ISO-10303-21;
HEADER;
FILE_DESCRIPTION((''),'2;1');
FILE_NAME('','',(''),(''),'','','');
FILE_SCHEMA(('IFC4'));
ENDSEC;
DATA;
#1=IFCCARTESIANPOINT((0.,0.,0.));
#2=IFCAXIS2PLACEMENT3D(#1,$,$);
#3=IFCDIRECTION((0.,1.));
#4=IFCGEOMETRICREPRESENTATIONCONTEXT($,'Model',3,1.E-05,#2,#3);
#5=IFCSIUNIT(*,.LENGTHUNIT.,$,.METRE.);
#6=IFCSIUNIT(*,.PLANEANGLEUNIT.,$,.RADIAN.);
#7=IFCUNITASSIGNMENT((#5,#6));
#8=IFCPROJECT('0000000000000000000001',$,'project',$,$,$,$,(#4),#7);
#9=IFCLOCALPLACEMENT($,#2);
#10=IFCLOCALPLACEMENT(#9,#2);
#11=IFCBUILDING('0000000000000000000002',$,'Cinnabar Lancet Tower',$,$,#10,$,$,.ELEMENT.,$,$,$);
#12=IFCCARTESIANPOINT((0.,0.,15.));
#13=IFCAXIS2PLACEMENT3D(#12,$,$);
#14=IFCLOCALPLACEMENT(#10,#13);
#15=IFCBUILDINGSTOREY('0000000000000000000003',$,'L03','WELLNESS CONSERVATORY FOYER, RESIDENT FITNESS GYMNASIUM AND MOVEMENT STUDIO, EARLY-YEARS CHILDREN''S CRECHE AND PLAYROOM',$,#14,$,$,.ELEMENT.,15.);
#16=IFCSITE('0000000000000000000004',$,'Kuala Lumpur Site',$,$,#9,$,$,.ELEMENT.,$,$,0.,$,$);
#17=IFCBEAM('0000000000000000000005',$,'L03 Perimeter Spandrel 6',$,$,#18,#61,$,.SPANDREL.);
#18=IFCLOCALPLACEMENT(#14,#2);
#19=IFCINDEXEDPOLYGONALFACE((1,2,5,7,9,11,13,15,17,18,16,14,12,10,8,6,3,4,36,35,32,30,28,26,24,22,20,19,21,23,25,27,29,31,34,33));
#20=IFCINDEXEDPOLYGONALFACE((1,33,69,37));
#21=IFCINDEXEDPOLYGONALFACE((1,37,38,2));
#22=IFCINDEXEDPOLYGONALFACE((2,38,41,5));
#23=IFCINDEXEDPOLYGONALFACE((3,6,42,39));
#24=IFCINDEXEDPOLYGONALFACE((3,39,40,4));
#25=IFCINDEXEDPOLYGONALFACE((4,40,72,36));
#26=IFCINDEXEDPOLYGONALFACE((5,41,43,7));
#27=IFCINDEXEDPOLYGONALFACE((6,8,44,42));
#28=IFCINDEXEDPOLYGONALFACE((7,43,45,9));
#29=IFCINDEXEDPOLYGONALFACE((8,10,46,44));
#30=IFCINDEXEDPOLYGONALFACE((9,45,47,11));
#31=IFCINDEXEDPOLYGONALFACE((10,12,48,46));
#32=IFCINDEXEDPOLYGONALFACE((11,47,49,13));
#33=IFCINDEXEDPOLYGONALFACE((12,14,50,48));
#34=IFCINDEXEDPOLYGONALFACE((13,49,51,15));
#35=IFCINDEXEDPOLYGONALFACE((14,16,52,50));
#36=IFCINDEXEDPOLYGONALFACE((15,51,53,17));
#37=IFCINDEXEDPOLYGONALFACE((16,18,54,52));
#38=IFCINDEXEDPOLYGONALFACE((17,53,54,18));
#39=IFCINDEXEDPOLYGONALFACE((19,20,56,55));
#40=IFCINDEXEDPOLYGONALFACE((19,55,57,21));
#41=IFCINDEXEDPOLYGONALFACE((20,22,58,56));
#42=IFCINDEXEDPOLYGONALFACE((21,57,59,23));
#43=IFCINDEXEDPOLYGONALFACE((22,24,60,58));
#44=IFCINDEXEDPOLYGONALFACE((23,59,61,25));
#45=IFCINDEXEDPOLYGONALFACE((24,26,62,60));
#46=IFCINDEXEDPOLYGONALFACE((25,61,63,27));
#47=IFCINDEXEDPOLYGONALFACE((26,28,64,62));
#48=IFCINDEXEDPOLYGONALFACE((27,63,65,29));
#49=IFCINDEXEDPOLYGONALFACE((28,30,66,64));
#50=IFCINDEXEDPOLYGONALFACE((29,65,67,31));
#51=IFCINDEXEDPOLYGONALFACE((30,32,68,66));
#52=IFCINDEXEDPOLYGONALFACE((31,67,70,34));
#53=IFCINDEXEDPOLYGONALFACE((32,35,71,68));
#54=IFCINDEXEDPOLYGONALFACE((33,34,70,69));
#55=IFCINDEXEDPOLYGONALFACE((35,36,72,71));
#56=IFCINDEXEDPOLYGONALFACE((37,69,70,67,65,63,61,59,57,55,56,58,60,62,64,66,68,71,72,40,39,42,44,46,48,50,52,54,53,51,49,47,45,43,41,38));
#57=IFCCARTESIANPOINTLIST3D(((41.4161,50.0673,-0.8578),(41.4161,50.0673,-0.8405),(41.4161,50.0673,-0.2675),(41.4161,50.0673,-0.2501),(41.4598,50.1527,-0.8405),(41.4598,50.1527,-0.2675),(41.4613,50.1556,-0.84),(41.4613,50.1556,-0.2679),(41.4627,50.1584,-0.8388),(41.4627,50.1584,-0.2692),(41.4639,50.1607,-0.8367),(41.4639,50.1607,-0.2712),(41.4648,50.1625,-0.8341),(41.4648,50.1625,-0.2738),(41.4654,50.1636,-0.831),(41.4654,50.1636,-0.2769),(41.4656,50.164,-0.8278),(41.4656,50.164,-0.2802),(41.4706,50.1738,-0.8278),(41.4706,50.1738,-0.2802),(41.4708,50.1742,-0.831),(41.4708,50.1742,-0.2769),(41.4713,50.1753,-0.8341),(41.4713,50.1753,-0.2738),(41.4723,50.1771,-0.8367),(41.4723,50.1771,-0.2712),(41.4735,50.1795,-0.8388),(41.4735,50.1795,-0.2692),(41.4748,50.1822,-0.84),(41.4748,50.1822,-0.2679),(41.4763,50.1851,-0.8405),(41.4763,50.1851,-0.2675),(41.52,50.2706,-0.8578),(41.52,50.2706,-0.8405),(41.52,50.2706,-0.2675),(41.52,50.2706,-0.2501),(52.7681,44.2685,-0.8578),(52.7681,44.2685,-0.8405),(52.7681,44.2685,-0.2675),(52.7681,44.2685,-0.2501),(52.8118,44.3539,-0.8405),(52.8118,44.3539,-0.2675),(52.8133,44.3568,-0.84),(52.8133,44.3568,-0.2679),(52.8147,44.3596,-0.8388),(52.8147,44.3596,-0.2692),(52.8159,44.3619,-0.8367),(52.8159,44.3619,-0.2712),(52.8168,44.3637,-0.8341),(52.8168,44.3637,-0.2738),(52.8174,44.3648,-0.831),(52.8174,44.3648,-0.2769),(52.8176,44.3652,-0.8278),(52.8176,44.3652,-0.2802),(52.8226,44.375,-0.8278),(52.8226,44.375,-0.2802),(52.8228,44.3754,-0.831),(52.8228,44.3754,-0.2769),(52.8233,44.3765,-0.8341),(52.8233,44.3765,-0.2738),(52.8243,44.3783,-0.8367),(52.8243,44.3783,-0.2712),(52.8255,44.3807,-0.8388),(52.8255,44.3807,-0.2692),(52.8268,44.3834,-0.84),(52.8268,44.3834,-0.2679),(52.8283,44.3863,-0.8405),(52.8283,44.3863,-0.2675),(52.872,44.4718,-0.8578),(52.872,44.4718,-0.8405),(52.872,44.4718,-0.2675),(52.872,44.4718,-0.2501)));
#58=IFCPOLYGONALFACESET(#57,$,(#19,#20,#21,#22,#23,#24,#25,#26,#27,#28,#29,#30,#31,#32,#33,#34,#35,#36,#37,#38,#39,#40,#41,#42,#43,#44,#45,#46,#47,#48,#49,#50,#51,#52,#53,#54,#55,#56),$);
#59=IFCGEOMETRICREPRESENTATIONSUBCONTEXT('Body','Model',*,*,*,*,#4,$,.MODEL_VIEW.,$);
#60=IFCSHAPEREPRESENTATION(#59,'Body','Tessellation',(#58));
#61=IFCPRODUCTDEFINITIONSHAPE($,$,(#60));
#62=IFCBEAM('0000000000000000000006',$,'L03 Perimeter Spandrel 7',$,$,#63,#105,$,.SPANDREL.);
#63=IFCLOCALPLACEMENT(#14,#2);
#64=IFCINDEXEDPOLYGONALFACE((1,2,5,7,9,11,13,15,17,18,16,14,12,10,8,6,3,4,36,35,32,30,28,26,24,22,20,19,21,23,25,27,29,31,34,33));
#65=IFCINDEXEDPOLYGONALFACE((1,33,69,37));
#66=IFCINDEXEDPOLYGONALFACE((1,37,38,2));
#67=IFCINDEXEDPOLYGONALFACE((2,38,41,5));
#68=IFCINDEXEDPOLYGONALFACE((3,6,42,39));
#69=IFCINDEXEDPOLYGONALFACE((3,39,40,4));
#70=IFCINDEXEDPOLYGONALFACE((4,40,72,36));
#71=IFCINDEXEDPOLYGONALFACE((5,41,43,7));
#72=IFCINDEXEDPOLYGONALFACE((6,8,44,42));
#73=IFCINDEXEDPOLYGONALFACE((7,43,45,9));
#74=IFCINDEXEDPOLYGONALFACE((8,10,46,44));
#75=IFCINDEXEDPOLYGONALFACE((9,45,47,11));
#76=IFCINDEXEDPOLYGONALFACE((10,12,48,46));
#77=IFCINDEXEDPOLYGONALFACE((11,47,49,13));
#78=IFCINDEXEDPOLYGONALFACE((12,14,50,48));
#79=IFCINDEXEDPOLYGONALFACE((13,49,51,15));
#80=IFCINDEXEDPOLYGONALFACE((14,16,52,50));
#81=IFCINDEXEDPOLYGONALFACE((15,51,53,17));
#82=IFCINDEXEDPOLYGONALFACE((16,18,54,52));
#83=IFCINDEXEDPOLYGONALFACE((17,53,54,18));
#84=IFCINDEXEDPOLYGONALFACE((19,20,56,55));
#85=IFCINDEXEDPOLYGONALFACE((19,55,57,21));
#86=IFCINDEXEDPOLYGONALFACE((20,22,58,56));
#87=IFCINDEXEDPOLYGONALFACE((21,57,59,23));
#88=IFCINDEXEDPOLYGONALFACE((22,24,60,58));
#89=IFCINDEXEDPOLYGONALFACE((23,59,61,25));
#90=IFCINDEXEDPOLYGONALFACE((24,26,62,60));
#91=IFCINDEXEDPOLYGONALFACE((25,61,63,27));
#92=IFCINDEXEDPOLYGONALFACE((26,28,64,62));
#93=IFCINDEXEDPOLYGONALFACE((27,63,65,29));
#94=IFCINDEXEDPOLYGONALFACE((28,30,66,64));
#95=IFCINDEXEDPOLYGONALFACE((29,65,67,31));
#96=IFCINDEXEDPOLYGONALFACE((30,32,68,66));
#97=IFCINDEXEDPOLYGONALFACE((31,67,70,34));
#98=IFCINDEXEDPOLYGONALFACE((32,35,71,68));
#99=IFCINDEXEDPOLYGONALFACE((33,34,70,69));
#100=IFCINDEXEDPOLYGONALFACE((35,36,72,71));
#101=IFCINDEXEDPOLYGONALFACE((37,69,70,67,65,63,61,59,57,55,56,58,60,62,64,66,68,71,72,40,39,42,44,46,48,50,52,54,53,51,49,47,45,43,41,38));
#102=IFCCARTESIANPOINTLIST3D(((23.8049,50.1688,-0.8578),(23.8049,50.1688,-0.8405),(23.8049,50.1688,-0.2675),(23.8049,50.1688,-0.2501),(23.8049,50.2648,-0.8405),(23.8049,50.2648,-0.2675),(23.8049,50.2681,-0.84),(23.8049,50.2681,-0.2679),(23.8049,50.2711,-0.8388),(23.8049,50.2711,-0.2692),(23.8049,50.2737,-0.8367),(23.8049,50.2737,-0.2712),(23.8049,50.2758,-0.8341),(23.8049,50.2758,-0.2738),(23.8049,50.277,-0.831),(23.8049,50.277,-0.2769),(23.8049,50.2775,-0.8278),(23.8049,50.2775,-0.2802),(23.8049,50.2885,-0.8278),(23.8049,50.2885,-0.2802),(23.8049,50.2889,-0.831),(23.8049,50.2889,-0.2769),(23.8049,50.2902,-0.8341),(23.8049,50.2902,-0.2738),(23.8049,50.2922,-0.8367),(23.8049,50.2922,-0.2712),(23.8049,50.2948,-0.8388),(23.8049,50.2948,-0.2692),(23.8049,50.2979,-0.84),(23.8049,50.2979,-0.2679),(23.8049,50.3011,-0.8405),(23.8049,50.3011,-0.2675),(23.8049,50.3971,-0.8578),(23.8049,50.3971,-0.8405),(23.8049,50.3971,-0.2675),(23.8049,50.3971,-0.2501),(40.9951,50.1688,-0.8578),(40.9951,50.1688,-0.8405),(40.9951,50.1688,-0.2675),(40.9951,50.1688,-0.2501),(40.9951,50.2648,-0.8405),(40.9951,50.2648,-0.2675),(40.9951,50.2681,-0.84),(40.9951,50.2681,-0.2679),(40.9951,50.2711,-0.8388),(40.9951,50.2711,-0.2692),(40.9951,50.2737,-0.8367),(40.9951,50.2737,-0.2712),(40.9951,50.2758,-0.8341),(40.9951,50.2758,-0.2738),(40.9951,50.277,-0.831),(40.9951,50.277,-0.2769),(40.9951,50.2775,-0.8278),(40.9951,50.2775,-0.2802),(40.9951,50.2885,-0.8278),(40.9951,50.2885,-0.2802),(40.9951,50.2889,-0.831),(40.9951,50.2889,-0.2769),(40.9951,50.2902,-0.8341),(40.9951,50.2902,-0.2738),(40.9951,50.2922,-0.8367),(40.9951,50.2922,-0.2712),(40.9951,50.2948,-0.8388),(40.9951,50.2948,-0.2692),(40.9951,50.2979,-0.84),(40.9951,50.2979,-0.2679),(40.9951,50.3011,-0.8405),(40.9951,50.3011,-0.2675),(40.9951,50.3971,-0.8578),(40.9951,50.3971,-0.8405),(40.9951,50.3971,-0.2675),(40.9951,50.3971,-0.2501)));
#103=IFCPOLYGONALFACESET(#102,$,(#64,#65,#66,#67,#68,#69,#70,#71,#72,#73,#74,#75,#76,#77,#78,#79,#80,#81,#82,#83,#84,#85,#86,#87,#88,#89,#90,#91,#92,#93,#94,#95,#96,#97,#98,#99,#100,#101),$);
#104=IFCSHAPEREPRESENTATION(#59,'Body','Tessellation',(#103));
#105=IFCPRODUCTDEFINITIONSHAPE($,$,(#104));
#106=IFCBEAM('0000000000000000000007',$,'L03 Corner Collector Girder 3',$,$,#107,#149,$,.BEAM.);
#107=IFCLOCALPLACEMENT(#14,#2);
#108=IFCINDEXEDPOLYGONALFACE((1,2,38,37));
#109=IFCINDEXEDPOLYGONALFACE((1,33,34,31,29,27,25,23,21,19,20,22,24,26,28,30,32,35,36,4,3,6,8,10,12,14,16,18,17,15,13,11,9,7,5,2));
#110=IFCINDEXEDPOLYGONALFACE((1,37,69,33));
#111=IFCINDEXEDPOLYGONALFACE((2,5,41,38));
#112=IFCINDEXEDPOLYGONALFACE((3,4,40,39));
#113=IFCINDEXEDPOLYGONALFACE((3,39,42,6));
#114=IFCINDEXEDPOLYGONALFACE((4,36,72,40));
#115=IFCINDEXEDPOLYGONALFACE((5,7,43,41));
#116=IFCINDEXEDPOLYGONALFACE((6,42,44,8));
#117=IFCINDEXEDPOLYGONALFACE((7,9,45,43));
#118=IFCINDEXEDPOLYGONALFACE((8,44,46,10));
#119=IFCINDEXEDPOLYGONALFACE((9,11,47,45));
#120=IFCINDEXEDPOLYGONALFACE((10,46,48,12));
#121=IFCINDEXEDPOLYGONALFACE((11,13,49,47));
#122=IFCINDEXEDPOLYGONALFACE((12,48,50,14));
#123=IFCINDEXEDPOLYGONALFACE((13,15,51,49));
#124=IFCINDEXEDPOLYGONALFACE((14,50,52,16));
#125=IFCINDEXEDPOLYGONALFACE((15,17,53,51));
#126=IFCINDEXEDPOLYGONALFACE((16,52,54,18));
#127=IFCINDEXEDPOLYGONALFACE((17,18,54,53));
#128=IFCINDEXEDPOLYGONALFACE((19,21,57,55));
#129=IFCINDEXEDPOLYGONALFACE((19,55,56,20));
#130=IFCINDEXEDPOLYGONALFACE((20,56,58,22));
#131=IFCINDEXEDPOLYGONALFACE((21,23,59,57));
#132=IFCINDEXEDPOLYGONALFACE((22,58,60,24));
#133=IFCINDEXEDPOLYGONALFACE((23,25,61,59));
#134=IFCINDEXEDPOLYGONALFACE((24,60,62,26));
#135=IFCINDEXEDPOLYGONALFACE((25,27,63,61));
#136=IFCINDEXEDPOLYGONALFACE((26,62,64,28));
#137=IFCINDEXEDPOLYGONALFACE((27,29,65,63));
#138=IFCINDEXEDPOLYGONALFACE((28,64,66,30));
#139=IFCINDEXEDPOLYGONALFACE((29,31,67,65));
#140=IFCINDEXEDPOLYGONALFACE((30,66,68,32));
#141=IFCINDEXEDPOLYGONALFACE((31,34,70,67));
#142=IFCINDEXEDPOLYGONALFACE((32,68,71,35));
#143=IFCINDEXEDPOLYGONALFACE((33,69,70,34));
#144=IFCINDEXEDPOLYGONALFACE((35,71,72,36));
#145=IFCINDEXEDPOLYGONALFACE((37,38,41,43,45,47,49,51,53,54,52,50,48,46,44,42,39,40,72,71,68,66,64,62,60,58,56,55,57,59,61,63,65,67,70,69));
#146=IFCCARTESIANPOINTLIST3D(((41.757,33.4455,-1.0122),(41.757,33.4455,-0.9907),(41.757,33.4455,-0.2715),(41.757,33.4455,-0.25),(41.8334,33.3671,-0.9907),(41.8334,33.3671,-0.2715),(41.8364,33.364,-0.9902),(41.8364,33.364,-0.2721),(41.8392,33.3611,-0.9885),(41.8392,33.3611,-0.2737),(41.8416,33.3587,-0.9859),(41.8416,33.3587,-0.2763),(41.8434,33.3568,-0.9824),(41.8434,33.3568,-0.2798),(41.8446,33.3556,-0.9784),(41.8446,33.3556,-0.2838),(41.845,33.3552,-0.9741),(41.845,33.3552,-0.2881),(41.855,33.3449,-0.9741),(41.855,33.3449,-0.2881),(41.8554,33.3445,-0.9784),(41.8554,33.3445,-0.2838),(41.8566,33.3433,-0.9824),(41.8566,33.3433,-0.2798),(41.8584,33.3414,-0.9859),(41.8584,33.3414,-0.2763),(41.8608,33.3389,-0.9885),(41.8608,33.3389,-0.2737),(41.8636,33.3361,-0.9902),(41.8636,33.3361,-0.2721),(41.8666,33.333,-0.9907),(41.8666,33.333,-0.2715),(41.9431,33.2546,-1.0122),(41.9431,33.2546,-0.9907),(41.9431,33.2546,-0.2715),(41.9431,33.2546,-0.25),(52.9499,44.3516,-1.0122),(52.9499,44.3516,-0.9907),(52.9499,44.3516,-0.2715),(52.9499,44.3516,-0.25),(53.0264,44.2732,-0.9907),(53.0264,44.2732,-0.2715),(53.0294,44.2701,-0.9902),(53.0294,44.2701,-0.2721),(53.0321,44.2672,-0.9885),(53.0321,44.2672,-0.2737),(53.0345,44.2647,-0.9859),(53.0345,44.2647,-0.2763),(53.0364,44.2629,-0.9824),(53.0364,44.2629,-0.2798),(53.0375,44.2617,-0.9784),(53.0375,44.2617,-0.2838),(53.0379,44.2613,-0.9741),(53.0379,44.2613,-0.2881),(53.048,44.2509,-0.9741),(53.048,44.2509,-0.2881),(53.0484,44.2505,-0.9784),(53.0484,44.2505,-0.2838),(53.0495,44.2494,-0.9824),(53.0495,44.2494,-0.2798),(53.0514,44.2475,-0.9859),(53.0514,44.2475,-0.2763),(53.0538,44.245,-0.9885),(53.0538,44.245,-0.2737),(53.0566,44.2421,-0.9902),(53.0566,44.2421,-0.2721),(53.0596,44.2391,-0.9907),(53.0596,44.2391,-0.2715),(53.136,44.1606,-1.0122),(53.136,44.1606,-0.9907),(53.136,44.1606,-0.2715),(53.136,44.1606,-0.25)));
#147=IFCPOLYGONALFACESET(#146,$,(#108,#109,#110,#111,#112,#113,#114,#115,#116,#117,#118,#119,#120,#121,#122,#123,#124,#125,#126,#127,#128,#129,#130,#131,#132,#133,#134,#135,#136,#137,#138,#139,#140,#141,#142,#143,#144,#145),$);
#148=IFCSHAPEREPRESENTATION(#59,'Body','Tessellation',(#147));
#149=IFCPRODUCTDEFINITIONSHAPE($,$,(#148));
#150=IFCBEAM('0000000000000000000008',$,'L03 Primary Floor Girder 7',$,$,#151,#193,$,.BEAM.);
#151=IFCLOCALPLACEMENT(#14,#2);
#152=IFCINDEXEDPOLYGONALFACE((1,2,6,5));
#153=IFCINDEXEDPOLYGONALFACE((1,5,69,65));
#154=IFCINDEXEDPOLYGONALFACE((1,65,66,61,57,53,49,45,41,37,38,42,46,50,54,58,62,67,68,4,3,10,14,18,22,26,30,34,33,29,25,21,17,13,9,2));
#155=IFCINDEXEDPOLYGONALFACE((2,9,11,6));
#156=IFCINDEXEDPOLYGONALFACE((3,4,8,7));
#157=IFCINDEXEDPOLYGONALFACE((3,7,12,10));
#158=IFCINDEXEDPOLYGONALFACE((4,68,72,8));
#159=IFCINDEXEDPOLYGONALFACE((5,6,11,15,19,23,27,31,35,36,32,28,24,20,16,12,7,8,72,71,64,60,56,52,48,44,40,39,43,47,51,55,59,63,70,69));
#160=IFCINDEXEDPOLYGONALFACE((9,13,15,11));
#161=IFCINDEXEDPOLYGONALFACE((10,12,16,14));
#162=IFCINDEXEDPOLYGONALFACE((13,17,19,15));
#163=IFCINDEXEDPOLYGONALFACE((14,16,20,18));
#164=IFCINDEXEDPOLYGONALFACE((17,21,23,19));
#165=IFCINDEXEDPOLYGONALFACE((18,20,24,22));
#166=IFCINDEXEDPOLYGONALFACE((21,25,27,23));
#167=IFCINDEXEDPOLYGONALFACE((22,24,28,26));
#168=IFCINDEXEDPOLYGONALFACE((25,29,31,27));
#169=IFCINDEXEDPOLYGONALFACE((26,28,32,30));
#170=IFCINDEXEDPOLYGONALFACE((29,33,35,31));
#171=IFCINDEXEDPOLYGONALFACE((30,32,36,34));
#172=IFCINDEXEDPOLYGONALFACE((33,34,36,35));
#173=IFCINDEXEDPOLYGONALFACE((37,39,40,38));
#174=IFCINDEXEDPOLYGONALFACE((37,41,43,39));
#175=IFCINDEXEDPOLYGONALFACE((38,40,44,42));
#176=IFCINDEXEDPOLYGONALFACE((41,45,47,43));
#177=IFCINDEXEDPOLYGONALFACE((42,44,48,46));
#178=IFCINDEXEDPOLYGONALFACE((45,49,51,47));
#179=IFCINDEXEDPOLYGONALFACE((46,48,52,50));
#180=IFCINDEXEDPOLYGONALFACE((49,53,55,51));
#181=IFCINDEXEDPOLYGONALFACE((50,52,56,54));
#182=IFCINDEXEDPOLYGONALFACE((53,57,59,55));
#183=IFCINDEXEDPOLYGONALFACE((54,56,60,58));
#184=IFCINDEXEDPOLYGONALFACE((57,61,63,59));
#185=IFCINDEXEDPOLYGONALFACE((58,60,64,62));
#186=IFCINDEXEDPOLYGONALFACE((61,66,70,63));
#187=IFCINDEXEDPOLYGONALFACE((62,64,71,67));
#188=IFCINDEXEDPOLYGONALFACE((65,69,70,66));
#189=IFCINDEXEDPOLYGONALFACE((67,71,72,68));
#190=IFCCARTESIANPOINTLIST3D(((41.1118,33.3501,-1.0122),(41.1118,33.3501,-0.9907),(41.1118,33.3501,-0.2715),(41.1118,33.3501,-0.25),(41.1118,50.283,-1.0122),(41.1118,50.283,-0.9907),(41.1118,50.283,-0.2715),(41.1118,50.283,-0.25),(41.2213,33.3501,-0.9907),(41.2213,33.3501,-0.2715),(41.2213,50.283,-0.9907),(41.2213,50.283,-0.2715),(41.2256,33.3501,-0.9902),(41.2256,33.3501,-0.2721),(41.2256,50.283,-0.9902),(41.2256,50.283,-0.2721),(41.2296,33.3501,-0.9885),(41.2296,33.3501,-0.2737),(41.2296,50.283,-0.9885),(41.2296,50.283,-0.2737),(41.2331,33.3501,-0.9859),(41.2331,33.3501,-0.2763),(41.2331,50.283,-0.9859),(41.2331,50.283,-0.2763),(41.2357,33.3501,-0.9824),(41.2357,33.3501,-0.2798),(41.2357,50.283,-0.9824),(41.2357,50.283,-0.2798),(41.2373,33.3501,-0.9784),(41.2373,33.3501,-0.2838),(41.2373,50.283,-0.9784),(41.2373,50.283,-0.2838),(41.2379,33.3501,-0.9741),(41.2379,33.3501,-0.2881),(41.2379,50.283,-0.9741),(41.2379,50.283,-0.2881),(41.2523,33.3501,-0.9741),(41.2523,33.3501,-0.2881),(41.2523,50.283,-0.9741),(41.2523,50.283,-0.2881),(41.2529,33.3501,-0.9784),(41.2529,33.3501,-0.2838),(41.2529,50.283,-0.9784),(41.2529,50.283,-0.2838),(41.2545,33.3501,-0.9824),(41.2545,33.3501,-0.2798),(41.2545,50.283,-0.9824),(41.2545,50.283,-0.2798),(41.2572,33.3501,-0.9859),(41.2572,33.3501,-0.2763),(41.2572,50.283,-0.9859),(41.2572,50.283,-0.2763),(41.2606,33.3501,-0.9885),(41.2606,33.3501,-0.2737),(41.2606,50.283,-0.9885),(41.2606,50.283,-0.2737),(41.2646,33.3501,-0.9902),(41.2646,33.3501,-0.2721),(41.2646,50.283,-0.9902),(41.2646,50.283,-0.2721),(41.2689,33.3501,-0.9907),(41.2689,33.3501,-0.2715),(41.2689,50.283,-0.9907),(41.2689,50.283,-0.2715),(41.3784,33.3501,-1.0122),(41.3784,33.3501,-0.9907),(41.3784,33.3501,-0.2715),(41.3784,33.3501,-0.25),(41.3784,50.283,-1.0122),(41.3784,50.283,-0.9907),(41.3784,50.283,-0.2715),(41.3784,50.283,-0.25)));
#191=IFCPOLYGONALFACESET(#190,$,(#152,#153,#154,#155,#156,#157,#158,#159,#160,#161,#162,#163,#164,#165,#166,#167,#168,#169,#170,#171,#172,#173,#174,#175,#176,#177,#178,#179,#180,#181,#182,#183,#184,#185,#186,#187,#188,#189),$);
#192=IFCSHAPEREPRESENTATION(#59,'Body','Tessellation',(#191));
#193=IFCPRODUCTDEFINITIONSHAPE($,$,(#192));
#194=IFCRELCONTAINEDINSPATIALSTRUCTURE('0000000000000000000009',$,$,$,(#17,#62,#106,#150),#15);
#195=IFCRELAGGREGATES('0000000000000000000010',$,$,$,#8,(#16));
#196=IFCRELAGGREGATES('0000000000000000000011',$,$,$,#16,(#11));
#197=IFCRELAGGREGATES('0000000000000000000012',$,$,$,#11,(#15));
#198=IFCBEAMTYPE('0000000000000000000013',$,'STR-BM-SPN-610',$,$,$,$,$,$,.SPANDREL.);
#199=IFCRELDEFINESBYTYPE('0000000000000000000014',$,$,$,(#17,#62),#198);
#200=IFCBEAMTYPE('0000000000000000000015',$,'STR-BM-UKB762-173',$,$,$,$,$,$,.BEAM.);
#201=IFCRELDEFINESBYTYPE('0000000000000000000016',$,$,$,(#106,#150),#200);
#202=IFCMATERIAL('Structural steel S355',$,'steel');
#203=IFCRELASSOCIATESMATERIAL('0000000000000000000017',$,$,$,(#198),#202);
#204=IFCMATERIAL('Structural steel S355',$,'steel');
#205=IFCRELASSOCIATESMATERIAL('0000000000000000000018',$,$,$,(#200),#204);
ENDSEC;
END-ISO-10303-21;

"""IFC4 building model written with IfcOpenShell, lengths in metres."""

from ifc_helpers import new_model, si_unit, direction, frame, origin, origin_2d, place, context, subcontext, project, spatial, i_section, extrude, material, material_profile, profile_set, type_object, element, save


model = new_model("IFC4")

# Units and contexts
model_context = context("Model", 3, precision=1e-05, world=origin(), true_north=direction((0.0, 1.0)))
body_context = subcontext(model_context, "Body", "Model", "MODEL_VIEW")
ifc_project = project(units=[si_unit("LENGTHUNIT", "METRE"), si_unit("PLANEANGLEUNIT", "RADIAN")], contexts=[model_context])

# Site, building, storey
site_placement = place(None, origin())
site = spatial("IfcSite", under=ifc_project, at=site_placement, Name="Kuala Lumpur Site", CompositionType="ELEMENT", RefElevation=0.0)
building_placement = place(site_placement, origin())
building = spatial("IfcBuilding", under=site, at=building_placement, Name="Cinnabar Lancet Tower", CompositionType="ELEMENT")
storey_placement = place(building_placement, frame((0.0, 0.0, 15.0)))
storey = spatial("IfcBuildingStorey", under=building, at=storey_placement, Name="L03", Description="WELLNESS CONSERVATORY FOYER, RESIDENT FITNESS GYMNASIUM AND MOVEMENT STUDIO, EARLY-YEARS CHILDREN'S CRECHE AND PLAYROOM", CompositionType="ELEMENT", Elevation=15.0)

# Beams
ifc_material_1 = material(Name="Structural steel S355", Category="steel")
ifc_material_profile_1 = material_profile(ifc_material_1, i_section(OverallWidth=0.2283, OverallDepth=0.6077, WebThickness=0.011, FlangeThickness=0.0173, FilletRadius=0.0127, at=origin_2d()), Name="UKB 610x229x113")
ifc_profile_set_1 = profile_set([ifc_material_profile_1], Name="Structural steel S355")
beam_type_1 = type_object("IfcBeamType", Name="STR-BM-SPN-610", PredefinedType="SPANDREL", material=ifc_profile_set_1)
beam_1_placement = place(storey_placement, frame((52.8201, 44.3701, -0.554), z_axis=(-0.890541, 0.454904, 0.0), x_axis=(-0.454904, -0.890541, 0.0)))
element("IfcBeam", 1, at=beam_1_placement, inside=storey, type_object=beam_type_1, Name="L03 Perimeter Spandrel 6", PredefinedType="SPANDREL", context=body_context, shape_type="SweptSolid", body=[
    extrude(i_section(OverallWidth=0.2283, OverallDepth=0.6077, WebThickness=0.011, FlangeThickness=0.0173, FilletRadius=0.0127, at=origin_2d()), origin(), (0.0, 0.0, 1.0), 12.7473),
])
beam_2_placement = place(storey_placement, frame((40.9951, 50.283, -0.554), z_axis=(-1.0, 0.0, 0.0), x_axis=(0.0, -1.0, 0.0)))
element("IfcBeam", 2, at=beam_2_placement, inside=storey, type_object=beam_type_1, Name="L03 Perimeter Spandrel 7", PredefinedType="SPANDREL", context=body_context, shape_type="SweptSolid", body=[
    extrude(i_section(OverallWidth=0.2283, OverallDepth=0.6077, WebThickness=0.011, FlangeThickness=0.0173, FilletRadius=0.0127, at=origin_2d()), origin(), (0.0, 0.0, 1.0), 17.1902),
])
ifc_material_2 = material(Name="Structural steel S355", Category="steel")
ifc_material_profile_2 = material_profile(ifc_material_2, i_section(OverallWidth=0.2666, OverallDepth=0.7622, WebThickness=0.0144, FlangeThickness=0.0215, FilletRadius=0.0166, at=origin_2d()), Name="UKB 762x267x173")
ifc_profile_set_2 = profile_set([ifc_material_profile_2], Name="Structural steel S355")
beam_type_2 = type_object("IfcBeamType", Name="STR-BM-UKB762-173", PredefinedType="BEAM", material=ifc_profile_set_2)
beam_3_placement = place(storey_placement, frame((53.043, 44.2561, -0.6311), z_axis=(-0.716225, -0.697869, 0.0), x_axis=(0.697869, -0.716225, 0.0)))
element("IfcBeam", 3, at=beam_3_placement, inside=storey, type_object=beam_type_2, Name="L03 Corner Collector Girder 3", PredefinedType="BEAM", context=body_context, shape_type="SweptSolid", body=[
    extrude(i_section(OverallWidth=0.2666, OverallDepth=0.7622, WebThickness=0.0144, FlangeThickness=0.0215, FilletRadius=0.0166, at=origin_2d()), origin(), (0.0, 0.0, 1.0), 15.6277),
])
beam_4_placement = place(storey_placement, frame((41.2451, 50.283, -0.6311), z_axis=(0.0, -1.0, 0.0), x_axis=(1.0, 0.0, 0.0)))
element("IfcBeam", 4, at=beam_4_placement, inside=storey, type_object=beam_type_2, Name="L03 Primary Floor Girder 7", PredefinedType="BEAM", context=body_context, shape_type="SweptSolid", body=[
    extrude(i_section(OverallWidth=0.2666, OverallDepth=0.7622, WebThickness=0.0144, FlangeThickness=0.0215, FilletRadius=0.0166, at=origin_2d()), origin(), (0.0, 0.0, 1.0), 16.9329),
])

save(model, "model.ifc")
